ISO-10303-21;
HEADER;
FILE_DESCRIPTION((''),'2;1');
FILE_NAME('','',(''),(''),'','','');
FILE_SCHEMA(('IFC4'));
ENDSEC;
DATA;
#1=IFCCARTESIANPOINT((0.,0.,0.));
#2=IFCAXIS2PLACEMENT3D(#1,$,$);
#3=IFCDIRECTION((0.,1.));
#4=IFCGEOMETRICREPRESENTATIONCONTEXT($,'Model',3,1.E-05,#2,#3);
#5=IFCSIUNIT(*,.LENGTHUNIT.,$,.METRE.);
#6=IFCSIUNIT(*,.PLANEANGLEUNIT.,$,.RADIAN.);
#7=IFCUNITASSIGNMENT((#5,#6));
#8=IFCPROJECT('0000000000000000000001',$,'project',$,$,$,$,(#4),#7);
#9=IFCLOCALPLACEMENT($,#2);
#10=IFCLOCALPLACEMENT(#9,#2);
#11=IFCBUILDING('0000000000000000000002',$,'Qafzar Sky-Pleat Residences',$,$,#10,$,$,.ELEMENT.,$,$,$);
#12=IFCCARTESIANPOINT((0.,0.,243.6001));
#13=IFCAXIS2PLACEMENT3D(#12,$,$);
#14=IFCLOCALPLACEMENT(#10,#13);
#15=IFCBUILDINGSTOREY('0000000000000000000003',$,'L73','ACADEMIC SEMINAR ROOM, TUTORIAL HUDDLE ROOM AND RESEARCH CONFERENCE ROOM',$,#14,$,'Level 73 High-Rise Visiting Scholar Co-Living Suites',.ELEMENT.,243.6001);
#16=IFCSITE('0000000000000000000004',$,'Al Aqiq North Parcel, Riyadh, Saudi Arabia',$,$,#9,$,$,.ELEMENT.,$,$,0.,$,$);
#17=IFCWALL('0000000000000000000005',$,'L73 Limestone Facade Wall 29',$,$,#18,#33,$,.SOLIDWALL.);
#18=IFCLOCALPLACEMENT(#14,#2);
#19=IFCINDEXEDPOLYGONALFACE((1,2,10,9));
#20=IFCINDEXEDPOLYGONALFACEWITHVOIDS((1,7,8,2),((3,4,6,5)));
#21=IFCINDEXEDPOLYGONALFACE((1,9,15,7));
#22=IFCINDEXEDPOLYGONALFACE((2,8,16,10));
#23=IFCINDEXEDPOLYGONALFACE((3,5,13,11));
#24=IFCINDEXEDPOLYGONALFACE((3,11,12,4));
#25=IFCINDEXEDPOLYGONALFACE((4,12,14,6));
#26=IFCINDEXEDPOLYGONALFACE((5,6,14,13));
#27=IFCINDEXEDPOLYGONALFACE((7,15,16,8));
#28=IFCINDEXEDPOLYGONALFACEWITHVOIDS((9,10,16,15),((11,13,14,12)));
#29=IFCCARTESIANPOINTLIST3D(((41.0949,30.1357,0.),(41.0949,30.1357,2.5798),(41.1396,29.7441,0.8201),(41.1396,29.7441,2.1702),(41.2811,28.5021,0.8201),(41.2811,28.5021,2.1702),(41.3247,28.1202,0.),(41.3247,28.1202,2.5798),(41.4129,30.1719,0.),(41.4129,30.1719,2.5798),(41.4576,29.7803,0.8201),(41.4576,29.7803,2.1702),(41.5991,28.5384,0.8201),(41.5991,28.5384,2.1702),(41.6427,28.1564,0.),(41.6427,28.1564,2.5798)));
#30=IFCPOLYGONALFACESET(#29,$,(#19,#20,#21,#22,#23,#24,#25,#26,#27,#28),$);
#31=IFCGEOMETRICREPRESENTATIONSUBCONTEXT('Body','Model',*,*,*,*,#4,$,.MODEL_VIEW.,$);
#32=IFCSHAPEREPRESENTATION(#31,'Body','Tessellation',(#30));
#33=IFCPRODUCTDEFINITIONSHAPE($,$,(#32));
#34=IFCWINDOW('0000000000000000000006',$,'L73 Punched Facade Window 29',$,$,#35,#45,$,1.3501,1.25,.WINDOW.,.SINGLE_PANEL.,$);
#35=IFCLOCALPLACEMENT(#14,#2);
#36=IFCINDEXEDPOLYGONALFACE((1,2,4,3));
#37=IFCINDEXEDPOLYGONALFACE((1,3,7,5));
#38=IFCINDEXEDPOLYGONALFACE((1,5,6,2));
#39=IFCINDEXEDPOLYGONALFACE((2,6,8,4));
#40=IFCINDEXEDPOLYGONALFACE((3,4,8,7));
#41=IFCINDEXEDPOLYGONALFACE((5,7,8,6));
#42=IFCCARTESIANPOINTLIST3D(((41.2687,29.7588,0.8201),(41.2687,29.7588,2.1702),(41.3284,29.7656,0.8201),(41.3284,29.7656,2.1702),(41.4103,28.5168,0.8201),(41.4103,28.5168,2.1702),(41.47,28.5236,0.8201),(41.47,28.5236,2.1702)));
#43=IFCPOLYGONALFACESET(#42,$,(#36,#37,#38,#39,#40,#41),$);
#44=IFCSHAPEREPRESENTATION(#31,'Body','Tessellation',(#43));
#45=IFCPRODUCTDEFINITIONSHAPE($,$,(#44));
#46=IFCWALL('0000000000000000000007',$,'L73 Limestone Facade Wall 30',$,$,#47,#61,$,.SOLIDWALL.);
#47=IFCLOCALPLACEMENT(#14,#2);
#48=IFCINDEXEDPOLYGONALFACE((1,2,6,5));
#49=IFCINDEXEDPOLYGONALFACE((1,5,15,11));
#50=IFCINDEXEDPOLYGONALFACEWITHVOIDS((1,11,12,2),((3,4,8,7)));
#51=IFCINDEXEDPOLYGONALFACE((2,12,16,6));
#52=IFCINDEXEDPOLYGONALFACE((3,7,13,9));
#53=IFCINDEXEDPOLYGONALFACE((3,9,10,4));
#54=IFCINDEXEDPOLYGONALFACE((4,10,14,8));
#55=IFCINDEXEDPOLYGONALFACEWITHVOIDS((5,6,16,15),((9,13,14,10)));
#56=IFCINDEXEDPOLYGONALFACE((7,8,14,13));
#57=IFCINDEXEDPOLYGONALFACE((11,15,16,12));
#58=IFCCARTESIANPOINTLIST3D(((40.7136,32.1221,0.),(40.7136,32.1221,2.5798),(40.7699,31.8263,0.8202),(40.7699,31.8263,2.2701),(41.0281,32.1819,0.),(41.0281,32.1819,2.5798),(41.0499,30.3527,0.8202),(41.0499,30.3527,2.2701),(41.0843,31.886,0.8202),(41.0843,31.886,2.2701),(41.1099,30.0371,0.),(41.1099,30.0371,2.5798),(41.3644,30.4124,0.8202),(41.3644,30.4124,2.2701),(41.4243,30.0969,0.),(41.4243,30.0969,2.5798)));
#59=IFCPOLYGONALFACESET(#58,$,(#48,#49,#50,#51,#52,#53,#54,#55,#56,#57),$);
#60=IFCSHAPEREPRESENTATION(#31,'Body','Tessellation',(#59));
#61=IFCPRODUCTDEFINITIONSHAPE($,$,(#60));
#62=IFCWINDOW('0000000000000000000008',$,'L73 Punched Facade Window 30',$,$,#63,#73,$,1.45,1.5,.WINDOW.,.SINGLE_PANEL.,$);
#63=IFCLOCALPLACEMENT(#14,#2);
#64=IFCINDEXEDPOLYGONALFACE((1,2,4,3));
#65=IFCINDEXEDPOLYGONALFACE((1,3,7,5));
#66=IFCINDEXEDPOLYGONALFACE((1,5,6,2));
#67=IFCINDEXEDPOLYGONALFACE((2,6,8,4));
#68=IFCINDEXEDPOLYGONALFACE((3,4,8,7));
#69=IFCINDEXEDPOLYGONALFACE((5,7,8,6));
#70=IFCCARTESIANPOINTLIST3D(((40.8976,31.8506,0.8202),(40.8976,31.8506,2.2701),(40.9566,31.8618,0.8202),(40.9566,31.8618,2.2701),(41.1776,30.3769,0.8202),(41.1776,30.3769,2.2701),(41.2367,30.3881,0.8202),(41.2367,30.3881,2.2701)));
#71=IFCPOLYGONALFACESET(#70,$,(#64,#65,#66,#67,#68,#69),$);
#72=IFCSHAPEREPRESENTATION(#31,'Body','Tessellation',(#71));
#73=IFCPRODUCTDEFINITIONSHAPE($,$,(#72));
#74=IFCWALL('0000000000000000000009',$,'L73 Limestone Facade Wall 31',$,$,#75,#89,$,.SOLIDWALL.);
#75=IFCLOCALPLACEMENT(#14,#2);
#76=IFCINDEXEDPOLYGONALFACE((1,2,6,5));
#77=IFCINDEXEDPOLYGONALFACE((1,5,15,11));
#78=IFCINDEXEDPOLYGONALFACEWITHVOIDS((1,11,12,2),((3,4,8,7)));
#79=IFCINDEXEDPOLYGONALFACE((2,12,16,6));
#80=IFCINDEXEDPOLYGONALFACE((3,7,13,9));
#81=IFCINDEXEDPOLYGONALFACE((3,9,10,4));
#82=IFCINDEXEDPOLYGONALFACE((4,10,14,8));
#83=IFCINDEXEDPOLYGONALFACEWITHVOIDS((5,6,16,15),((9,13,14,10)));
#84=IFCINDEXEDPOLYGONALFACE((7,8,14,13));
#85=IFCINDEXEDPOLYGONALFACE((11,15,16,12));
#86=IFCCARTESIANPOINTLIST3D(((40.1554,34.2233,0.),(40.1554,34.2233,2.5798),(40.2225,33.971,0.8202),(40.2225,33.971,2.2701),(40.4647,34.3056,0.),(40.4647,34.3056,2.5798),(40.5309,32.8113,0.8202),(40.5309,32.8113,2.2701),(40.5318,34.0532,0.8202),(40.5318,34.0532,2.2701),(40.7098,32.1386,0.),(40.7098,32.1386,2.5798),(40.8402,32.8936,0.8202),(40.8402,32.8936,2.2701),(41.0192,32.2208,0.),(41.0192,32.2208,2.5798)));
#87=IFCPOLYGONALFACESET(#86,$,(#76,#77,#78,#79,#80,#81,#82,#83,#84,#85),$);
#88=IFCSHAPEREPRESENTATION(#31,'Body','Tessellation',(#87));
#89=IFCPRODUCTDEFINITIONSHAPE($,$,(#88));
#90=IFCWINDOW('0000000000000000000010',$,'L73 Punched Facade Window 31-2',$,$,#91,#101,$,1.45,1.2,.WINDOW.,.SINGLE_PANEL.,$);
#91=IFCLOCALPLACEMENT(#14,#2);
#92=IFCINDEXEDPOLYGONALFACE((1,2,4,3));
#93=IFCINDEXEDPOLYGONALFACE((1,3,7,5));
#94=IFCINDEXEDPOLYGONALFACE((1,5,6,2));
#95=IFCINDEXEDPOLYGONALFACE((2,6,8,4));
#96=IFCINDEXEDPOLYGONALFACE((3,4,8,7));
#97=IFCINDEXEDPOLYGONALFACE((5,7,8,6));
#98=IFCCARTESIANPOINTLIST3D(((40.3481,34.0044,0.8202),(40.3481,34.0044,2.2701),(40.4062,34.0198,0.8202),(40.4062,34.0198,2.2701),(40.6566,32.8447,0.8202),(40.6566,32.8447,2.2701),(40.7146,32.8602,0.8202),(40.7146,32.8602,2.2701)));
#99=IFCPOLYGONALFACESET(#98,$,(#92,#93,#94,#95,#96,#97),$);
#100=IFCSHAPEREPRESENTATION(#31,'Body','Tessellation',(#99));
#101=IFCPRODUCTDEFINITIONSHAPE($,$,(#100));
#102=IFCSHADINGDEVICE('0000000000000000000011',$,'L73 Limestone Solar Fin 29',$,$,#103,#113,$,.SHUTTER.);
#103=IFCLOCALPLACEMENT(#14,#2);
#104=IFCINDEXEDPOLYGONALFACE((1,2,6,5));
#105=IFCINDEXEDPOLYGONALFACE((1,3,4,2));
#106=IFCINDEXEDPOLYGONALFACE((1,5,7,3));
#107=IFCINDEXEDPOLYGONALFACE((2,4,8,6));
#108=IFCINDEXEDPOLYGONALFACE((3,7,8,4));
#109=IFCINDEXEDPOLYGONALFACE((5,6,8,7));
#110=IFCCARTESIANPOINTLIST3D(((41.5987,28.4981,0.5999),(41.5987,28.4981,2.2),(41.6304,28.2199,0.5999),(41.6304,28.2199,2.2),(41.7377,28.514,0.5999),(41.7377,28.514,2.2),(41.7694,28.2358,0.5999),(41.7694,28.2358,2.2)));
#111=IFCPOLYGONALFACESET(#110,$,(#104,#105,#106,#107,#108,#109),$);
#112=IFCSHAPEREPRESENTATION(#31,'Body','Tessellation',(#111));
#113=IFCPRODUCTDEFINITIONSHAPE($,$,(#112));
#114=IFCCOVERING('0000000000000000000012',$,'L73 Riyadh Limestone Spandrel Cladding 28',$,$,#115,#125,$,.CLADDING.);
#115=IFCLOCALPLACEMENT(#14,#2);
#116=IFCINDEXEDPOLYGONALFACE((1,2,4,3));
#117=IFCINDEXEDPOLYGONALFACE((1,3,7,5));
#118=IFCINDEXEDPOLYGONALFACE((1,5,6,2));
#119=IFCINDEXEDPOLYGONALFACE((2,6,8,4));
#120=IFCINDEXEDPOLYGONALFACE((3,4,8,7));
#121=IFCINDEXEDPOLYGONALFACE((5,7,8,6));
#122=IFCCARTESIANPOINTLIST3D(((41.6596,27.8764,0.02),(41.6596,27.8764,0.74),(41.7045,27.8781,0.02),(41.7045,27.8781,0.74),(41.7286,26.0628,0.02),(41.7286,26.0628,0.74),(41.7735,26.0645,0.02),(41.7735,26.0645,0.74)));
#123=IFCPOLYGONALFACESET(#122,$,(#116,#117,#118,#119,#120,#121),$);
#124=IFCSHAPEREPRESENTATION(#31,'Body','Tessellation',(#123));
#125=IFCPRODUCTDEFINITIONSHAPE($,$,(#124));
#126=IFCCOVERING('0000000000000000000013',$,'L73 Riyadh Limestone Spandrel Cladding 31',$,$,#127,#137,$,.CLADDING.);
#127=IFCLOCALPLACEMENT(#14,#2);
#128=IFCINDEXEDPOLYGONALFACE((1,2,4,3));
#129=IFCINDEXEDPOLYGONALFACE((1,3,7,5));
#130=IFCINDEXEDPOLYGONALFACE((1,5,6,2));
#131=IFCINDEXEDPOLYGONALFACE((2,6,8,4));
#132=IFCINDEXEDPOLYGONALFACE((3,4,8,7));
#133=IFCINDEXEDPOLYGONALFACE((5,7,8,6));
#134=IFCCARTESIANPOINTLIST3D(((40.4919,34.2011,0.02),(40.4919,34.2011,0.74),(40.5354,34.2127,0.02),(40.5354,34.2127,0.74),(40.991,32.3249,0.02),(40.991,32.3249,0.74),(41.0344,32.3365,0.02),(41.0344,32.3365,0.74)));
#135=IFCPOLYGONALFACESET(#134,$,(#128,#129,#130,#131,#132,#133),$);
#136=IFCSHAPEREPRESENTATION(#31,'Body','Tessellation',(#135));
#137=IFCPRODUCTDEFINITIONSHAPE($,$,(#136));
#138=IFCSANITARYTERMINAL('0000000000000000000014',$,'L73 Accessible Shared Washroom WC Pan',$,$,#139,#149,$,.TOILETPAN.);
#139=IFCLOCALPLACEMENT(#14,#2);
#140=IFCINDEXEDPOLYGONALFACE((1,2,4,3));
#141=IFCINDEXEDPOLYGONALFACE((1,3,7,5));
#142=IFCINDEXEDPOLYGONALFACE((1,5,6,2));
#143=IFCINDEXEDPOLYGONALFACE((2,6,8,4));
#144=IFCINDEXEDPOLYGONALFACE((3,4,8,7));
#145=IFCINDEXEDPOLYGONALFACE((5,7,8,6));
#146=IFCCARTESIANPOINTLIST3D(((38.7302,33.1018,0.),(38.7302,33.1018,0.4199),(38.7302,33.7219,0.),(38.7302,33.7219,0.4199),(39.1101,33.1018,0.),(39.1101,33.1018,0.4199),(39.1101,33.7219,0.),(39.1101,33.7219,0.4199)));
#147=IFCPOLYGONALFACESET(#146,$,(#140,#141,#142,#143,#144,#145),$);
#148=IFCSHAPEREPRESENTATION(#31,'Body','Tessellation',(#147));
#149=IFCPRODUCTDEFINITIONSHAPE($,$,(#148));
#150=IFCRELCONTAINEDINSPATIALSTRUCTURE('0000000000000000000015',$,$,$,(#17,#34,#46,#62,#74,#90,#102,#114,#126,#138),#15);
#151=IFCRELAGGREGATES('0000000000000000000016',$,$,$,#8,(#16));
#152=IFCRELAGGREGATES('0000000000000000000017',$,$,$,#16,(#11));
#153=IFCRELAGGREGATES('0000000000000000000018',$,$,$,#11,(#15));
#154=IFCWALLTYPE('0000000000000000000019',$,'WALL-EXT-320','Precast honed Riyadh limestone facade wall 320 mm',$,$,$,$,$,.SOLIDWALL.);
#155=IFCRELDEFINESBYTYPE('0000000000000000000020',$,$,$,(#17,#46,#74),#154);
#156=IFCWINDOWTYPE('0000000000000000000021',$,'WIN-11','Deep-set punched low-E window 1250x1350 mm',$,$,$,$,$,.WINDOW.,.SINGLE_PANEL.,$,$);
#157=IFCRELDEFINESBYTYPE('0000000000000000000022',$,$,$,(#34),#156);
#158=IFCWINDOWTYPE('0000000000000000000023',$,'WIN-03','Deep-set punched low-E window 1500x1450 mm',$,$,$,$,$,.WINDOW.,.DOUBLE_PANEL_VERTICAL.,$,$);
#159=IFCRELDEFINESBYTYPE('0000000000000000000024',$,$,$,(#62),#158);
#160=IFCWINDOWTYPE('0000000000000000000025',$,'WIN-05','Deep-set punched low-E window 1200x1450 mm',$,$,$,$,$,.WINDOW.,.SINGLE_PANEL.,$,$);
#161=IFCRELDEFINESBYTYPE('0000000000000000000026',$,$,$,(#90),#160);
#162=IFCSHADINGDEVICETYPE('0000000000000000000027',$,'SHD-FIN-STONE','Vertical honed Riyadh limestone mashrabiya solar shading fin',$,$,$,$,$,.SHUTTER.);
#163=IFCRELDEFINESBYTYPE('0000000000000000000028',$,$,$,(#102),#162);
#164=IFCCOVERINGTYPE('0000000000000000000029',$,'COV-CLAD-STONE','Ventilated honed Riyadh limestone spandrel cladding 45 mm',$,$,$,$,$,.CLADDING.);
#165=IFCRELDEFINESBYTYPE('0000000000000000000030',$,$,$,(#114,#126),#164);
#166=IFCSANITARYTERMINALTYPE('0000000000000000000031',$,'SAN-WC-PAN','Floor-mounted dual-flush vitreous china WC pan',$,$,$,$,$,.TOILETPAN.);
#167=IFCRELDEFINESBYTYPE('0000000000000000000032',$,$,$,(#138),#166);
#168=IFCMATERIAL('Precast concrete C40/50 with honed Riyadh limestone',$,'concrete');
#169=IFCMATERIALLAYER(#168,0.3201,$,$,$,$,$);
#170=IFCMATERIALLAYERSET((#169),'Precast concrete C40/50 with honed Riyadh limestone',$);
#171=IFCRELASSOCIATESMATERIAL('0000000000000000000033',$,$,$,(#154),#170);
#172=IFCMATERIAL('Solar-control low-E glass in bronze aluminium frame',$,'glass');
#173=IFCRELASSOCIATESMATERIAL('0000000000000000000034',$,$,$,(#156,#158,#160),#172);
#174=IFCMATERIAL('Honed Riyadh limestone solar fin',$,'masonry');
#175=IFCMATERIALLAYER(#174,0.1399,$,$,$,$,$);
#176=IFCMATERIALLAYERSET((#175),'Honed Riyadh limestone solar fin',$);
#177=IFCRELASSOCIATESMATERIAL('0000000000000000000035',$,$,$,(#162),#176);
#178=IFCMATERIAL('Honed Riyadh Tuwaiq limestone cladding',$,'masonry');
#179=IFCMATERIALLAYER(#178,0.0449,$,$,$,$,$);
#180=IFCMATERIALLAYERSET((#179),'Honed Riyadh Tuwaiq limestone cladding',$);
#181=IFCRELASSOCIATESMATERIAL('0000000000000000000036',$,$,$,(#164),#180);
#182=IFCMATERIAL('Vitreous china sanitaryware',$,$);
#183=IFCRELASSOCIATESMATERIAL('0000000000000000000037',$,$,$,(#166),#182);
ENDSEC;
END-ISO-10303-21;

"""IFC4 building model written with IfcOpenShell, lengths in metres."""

from ifc_helpers import new_model, si_unit, direction, frame, frame_2d, origin, origin_2d, place, context, subcontext, project, spatial, rectangle, extrude, source, transform, mapped, material, layer, layer_set, type_object, element, fill, save


model = new_model("IFC4")

# Units and contexts
model_context = context("Model", 3, precision=1e-05, world=origin(), true_north=direction((0.0, 1.0)))
body_context = subcontext(model_context, "Body", "Model", "MODEL_VIEW")
ifc_project = project(units=[si_unit("LENGTHUNIT", "METRE"), si_unit("PLANEANGLEUNIT", "RADIAN")], contexts=[model_context])

# Site, building, storey
site_placement = place(None, origin())
site = spatial("IfcSite", under=ifc_project, at=site_placement, Name="Al Aqiq North Parcel, Riyadh, Saudi Arabia", CompositionType="ELEMENT", RefElevation=0.0)
building_placement = place(site_placement, origin())
building = spatial("IfcBuilding", under=site, at=building_placement, Name="Qafzar Sky-Pleat Residences", CompositionType="ELEMENT")
storey_placement = place(building_placement, frame((0.0, 0.0, 243.6001)))
storey = spatial("IfcBuildingStorey", under=building, at=storey_placement, Name="L73", Description="ACADEMIC SEMINAR ROOM, TUTORIAL HUDDLE ROOM AND RESEARCH CONFERENCE ROOM", LongName="Level 73 High-Rise Visiting Scholar Co-Living Suites", CompositionType="ELEMENT", Elevation=243.6001)

# Walls, openings, windows
ifc_material_1 = material(Name="Precast concrete C40/50 with honed Riyadh limestone", Category="concrete")
ifc_layer_1 = layer(ifc_material_1, 0.3201)
ifc_layer_set_1 = layer_set([ifc_layer_1], Name="Precast concrete C40/50 with honed Riyadh limestone")
wall_type = type_object("IfcWallType", Name="WALL-EXT-320", Description="Precast honed Riyadh limestone facade wall 320 mm", PredefinedType="SOLIDWALL", material=ifc_layer_set_1)
wall_1_placement = place(storey_placement, frame((41.4836, 28.1384, 0.0), z_axis=(0.0, 0.0, 1.0), x_axis=(-0.113245, 0.993567, 0.0)))
wall_1 = element("IfcWall", 1, at=wall_1_placement, inside=storey, type_object=wall_type, Name="L73 Limestone Facade Wall 29", PredefinedType="SOLIDWALL", context=body_context, shape_type="SweptSolid", body=[
    extrude(rectangle(XDim=2.0286, YDim=0.3201, at=frame_2d((1.0142, 0.0))), origin(), (0.0, 0.0, 1.0), 2.5798),
])
opening_1_placement = place(wall_1_placement, frame((0.3843, 0.0, 0.8201)))
opening_1 = element("IfcOpeningElement", 2, at=opening_1_placement, cuts=wall_1, PredefinedType="OPENING", context=body_context, shape_type="SweptSolid", body=[
    extrude(rectangle(XDim=1.25, YDim=1.3501, at=frame_2d((0.625, 0.675))), frame((0.0, 0.1699, 0.0), z_axis=(0.0, -1.0, 0.0), x_axis=(1.0, 0.0, 0.0)), (0.0, 0.0, 1.0), 0.3401),
])
ifc_material_2 = material(Name="Solar-control low-E glass in bronze aluminium frame", Category="glass")
window_type_1 = type_object("IfcWindowType", Name="WIN-11", Description="Deep-set punched low-E window 1250x1350 mm", PartitioningType="SINGLE_PANEL", PredefinedType="WINDOW", material=ifc_material_2)
shared_shape_1 = source(origin(), body_context, "Body", "SweptSolid", [
    extrude(rectangle(XDim=1.25, YDim=1.3501, at=frame_2d((0.625, 0.675))), frame((0.0, 0.03, 0.0), z_axis=(0.0, -1.0, 0.0), x_axis=(1.0, 0.0, 0.0)), (0.0, 0.0, 1.0), 0.0601),
])
window_1_placement = place(opening_1_placement, origin())
window_1 = element("IfcWindow", 3, at=window_1_placement, inside=storey, type_object=window_type_1, Name="L73 Punched Facade Window 29", OverallHeight=1.3501, OverallWidth=1.25, PartitioningType="SINGLE_PANEL", PredefinedType="WINDOW", context=body_context, shape_type="MappedRepresentation", body=[
    mapped(shared_shape_1, transform((0.0, 0.0, 0.0), x_axis=(1.0, 0.0, 0.0), y_axis=(0.0, 1.0, 0.0), z_axis=(0.0, 0.0, 1.0), scale=1.0)),
])
fill(opening_1, window_1)
wall_2_placement = place(storey_placement, frame((41.2671, 30.0671, 0.0), z_axis=(0.0, 0.0, 1.0), x_axis=(-0.186705, 0.982416, 0.0)))
wall_2 = element("IfcWall", 4, at=wall_2_placement, inside=storey, type_object=wall_type, Name="L73 Limestone Facade Wall 30", PredefinedType="SOLIDWALL", context=body_context, shape_type="SweptSolid", body=[
    extrude(rectangle(XDim=2.1223, YDim=0.3201, at=frame_2d((1.061, 0.0))), origin(), (0.0, 0.0, 1.0), 2.5798),
])
opening_2_placement = place(wall_2_placement, frame((0.321, 0.0, 0.8201)))
opening_2 = element("IfcOpeningElement", 5, at=opening_2_placement, cuts=wall_2, PredefinedType="OPENING", context=body_context, shape_type="SweptSolid", body=[
    extrude(rectangle(XDim=1.5, YDim=1.45, at=frame_2d((0.75, 0.7251))), frame((0.0, 0.1699, 0.0), z_axis=(0.0, -1.0, 0.0), x_axis=(1.0, 0.0, 0.0)), (0.0, 0.0, 1.0), 0.3401),
])
window_type_2 = type_object("IfcWindowType", Name="WIN-03", Description="Deep-set punched low-E window 1500x1450 mm", PartitioningType="DOUBLE_PANEL_VERTICAL", PredefinedType="WINDOW", material=ifc_material_2)
shared_shape_2 = source(origin(), body_context, "Body", "SweptSolid", [
    extrude(rectangle(XDim=1.5, YDim=1.45, at=frame_2d((0.75, 0.7251))), frame((0.0, 0.03, 0.0), z_axis=(0.0, -1.0, 0.0), x_axis=(1.0, 0.0, 0.0)), (0.0, 0.0, 1.0), 0.0601),
])
window_2_placement = place(opening_2_placement, origin())
window_2 = element("IfcWindow", 6, at=window_2_placement, inside=storey, type_object=window_type_2, Name="L73 Punched Facade Window 30", OverallHeight=1.45, OverallWidth=1.5, PartitioningType="SINGLE_PANEL", PredefinedType="WINDOW", context=body_context, shape_type="MappedRepresentation", body=[
    mapped(shared_shape_2, transform((0.0, 0.0, 0.0), x_axis=(1.0, 0.0, 0.0), y_axis=(0.0, 1.0, 0.0), z_axis=(0.0, 0.0, 1.0), scale=1.0)),
])
fill(opening_2, window_2)
wall_3_placement = place(storey_placement, frame((40.8645, 32.1797, 0.0), z_axis=(0.0, 0.0, 1.0), x_axis=(-0.257022, 0.966406, 0.0)))
wall_3 = element("IfcWall", 7, at=wall_3_placement, inside=storey, type_object=wall_type, Name="L73 Limestone Facade Wall 31", PredefinedType="SOLIDWALL", context=body_context, shape_type="SweptSolid", body=[
    extrude(rectangle(XDim=2.1572, YDim=0.3201, at=frame_2d((1.0786, 0.0))), origin(), (0.0, 0.0, 1.0), 2.5798),
])
opening_3_placement = place(wall_3_placement, frame((0.696, 0.0, 0.8201)))
opening_3 = element("IfcOpeningElement", 8, at=opening_3_placement, cuts=wall_3, PredefinedType="OPENING", context=body_context, shape_type="SweptSolid", body=[
    extrude(rectangle(XDim=1.2, YDim=1.45, at=frame_2d((0.6001, 0.7251))), frame((0.0, 0.1699, 0.0), z_axis=(0.0, -1.0, 0.0), x_axis=(1.0, 0.0, 0.0)), (0.0, 0.0, 1.0), 0.3401),
])
window_type_3 = type_object("IfcWindowType", Name="WIN-05", Description="Deep-set punched low-E window 1200x1450 mm", PartitioningType="SINGLE_PANEL", PredefinedType="WINDOW", material=ifc_material_2)
shared_shape_3 = source(origin(), body_context, "Body", "SweptSolid", [
    extrude(rectangle(XDim=1.2, YDim=1.45, at=frame_2d((0.6001, 0.7251))), frame((0.0, 0.03, 0.0), z_axis=(0.0, -1.0, 0.0), x_axis=(1.0, 0.0, 0.0)), (0.0, 0.0, 1.0), 0.0601),
])
window_3_placement = place(opening_3_placement, origin())
window_3 = element("IfcWindow", 9, at=window_3_placement, inside=storey, type_object=window_type_3, Name="L73 Punched Facade Window 31-2", OverallHeight=1.45, OverallWidth=1.2, PartitioningType="SINGLE_PANEL", PredefinedType="WINDOW", context=body_context, shape_type="MappedRepresentation", body=[
    mapped(shared_shape_3, transform((0.0, 0.0, 0.0), x_axis=(1.0, 0.0, 0.0), y_axis=(0.0, 1.0, 0.0), z_axis=(0.0, 0.0, 1.0), scale=1.0)),
])
fill(opening_3, window_3)

# Shading device
ifc_material_3 = material(Name="Honed Riyadh limestone solar fin", Category="masonry")
ifc_layer_2 = layer(ifc_material_3, 0.1399)
ifc_layer_set_2 = layer_set([ifc_layer_2], Name="Honed Riyadh limestone solar fin")
shading_device_type = type_object("IfcShadingDeviceType", Name="SHD-FIN-STONE", Description="Vertical honed Riyadh limestone mashrabiya solar shading fin", PredefinedType="SHUTTER", material=ifc_layer_set_2)
shared_shape_4 = source(origin(), body_context, "Body", "SweptSolid", [
    extrude(rectangle(XDim=0.1399, YDim=0.28, at=origin_2d()), origin(), (0.0, 0.0, 1.0), 1.6001),
])
shading_device_placement = place(storey_placement, frame((41.6841, 28.3669, 0.5999), z_axis=(0.0, 0.0, 1.0), x_axis=(0.993563, 0.113285, 0.0)))
element("IfcShadingDevice", 10, at=shading_device_placement, inside=storey, type_object=shading_device_type, Name="L73 Limestone Solar Fin 29", PredefinedType="SHUTTER", context=body_context, shape_type="MappedRepresentation", body=[
    mapped(shared_shape_4, transform((0.0, 0.0, 0.0), x_axis=(1.0, 0.0, 0.0), y_axis=(0.0, 1.0, 0.0), z_axis=(0.0, 0.0, 1.0), scale=1.0)),
])

# Coverings
ifc_material_4 = material(Name="Honed Riyadh Tuwaiq limestone cladding", Category="masonry")
ifc_layer_3 = layer(ifc_material_4, 0.0449)
ifc_layer_set_3 = layer_set([ifc_layer_3], Name="Honed Riyadh Tuwaiq limestone cladding")
covering_type = type_object("IfcCoveringType", Name="COV-CLAD-STONE", Description="Ventilated honed Riyadh limestone spandrel cladding 45 mm", PredefinedType="CLADDING", material=ifc_layer_set_3)
shared_shape_5 = source(origin(), body_context, "Body", "SweptSolid", [
    extrude(rectangle(XDim=1.8149, YDim=0.0449, at=origin_2d()), origin(), (0.0, 0.0, 1.0), 0.72),
])
covering_1_placement = place(storey_placement, frame((41.7166, 26.9705, 0.02), z_axis=(0.0, 0.0, 1.0), x_axis=(-0.037984, 0.999278, 0.0)))
element("IfcCovering", 11, at=covering_1_placement, inside=storey, type_object=covering_type, Name="L73 Riyadh Limestone Spandrel Cladding 28", PredefinedType="CLADDING", context=body_context, shape_type="MappedRepresentation", body=[
    mapped(shared_shape_5, transform((0.0, 0.0, 0.0), x_axis=(1.0, 0.0, 0.0), y_axis=(0.0, 1.0, 0.0), z_axis=(0.0, 0.0, 1.0), scale=1.0)),
])
shared_shape_6 = source(origin(), body_context, "Body", "SweptSolid", [
    extrude(rectangle(XDim=1.9414, YDim=0.0449, at=origin_2d()), origin(), (0.0, 0.0, 1.0), 0.72),
])
covering_2_placement = place(storey_placement, frame((40.7632, 33.2688, 0.02), z_axis=(0.0, 0.0, 1.0), x_axis=(-0.25706, 0.966396, 0.0)))
element("IfcCovering", 12, at=covering_2_placement, inside=storey, type_object=covering_type, Name="L73 Riyadh Limestone Spandrel Cladding 31", PredefinedType="CLADDING", context=body_context, shape_type="MappedRepresentation", body=[
    mapped(shared_shape_6, transform((0.0, 0.0, 0.0), x_axis=(1.0, 0.0, 0.0), y_axis=(0.0, 1.0, 0.0), z_axis=(0.0, 0.0, 1.0), scale=1.0)),
])

# Sanitary terminal
ifc_material_5 = material(Name="Vitreous china sanitaryware")
sanitary_terminal_type_1 = type_object("IfcSanitaryTerminalType", Name="SAN-WC-PAN", Description="Floor-mounted dual-flush vitreous china WC pan", PredefinedType="TOILETPAN", material=ifc_material_5)
shared_shape_7 = source(origin(), body_context, "Body", "SweptSolid", [
    extrude(rectangle(XDim=0.3799, YDim=0.6201, at=origin_2d()), origin(), (0.0, 0.0, 1.0), 0.4199),
])
sanitary_terminal_1_placement = place(storey_placement, frame((38.9202, 33.4119, 0.0), z_axis=(0.0, 0.0, 1.0), x_axis=(1.0, 0.0, 0.0)))
element("IfcSanitaryTerminal", 13, at=sanitary_terminal_1_placement, inside=storey, type_object=sanitary_terminal_type_1, Name="L73 Accessible Shared Washroom WC Pan", PredefinedType="TOILETPAN", context=body_context, shape_type="MappedRepresentation", body=[
    mapped(shared_shape_7, transform((0.0, 0.0, 0.0), x_axis=(1.0, 0.0, 0.0), y_axis=(0.0, 1.0, 0.0), z_axis=(0.0, 0.0, 1.0), scale=1.0)),
])

save(model, "model.ifc")
